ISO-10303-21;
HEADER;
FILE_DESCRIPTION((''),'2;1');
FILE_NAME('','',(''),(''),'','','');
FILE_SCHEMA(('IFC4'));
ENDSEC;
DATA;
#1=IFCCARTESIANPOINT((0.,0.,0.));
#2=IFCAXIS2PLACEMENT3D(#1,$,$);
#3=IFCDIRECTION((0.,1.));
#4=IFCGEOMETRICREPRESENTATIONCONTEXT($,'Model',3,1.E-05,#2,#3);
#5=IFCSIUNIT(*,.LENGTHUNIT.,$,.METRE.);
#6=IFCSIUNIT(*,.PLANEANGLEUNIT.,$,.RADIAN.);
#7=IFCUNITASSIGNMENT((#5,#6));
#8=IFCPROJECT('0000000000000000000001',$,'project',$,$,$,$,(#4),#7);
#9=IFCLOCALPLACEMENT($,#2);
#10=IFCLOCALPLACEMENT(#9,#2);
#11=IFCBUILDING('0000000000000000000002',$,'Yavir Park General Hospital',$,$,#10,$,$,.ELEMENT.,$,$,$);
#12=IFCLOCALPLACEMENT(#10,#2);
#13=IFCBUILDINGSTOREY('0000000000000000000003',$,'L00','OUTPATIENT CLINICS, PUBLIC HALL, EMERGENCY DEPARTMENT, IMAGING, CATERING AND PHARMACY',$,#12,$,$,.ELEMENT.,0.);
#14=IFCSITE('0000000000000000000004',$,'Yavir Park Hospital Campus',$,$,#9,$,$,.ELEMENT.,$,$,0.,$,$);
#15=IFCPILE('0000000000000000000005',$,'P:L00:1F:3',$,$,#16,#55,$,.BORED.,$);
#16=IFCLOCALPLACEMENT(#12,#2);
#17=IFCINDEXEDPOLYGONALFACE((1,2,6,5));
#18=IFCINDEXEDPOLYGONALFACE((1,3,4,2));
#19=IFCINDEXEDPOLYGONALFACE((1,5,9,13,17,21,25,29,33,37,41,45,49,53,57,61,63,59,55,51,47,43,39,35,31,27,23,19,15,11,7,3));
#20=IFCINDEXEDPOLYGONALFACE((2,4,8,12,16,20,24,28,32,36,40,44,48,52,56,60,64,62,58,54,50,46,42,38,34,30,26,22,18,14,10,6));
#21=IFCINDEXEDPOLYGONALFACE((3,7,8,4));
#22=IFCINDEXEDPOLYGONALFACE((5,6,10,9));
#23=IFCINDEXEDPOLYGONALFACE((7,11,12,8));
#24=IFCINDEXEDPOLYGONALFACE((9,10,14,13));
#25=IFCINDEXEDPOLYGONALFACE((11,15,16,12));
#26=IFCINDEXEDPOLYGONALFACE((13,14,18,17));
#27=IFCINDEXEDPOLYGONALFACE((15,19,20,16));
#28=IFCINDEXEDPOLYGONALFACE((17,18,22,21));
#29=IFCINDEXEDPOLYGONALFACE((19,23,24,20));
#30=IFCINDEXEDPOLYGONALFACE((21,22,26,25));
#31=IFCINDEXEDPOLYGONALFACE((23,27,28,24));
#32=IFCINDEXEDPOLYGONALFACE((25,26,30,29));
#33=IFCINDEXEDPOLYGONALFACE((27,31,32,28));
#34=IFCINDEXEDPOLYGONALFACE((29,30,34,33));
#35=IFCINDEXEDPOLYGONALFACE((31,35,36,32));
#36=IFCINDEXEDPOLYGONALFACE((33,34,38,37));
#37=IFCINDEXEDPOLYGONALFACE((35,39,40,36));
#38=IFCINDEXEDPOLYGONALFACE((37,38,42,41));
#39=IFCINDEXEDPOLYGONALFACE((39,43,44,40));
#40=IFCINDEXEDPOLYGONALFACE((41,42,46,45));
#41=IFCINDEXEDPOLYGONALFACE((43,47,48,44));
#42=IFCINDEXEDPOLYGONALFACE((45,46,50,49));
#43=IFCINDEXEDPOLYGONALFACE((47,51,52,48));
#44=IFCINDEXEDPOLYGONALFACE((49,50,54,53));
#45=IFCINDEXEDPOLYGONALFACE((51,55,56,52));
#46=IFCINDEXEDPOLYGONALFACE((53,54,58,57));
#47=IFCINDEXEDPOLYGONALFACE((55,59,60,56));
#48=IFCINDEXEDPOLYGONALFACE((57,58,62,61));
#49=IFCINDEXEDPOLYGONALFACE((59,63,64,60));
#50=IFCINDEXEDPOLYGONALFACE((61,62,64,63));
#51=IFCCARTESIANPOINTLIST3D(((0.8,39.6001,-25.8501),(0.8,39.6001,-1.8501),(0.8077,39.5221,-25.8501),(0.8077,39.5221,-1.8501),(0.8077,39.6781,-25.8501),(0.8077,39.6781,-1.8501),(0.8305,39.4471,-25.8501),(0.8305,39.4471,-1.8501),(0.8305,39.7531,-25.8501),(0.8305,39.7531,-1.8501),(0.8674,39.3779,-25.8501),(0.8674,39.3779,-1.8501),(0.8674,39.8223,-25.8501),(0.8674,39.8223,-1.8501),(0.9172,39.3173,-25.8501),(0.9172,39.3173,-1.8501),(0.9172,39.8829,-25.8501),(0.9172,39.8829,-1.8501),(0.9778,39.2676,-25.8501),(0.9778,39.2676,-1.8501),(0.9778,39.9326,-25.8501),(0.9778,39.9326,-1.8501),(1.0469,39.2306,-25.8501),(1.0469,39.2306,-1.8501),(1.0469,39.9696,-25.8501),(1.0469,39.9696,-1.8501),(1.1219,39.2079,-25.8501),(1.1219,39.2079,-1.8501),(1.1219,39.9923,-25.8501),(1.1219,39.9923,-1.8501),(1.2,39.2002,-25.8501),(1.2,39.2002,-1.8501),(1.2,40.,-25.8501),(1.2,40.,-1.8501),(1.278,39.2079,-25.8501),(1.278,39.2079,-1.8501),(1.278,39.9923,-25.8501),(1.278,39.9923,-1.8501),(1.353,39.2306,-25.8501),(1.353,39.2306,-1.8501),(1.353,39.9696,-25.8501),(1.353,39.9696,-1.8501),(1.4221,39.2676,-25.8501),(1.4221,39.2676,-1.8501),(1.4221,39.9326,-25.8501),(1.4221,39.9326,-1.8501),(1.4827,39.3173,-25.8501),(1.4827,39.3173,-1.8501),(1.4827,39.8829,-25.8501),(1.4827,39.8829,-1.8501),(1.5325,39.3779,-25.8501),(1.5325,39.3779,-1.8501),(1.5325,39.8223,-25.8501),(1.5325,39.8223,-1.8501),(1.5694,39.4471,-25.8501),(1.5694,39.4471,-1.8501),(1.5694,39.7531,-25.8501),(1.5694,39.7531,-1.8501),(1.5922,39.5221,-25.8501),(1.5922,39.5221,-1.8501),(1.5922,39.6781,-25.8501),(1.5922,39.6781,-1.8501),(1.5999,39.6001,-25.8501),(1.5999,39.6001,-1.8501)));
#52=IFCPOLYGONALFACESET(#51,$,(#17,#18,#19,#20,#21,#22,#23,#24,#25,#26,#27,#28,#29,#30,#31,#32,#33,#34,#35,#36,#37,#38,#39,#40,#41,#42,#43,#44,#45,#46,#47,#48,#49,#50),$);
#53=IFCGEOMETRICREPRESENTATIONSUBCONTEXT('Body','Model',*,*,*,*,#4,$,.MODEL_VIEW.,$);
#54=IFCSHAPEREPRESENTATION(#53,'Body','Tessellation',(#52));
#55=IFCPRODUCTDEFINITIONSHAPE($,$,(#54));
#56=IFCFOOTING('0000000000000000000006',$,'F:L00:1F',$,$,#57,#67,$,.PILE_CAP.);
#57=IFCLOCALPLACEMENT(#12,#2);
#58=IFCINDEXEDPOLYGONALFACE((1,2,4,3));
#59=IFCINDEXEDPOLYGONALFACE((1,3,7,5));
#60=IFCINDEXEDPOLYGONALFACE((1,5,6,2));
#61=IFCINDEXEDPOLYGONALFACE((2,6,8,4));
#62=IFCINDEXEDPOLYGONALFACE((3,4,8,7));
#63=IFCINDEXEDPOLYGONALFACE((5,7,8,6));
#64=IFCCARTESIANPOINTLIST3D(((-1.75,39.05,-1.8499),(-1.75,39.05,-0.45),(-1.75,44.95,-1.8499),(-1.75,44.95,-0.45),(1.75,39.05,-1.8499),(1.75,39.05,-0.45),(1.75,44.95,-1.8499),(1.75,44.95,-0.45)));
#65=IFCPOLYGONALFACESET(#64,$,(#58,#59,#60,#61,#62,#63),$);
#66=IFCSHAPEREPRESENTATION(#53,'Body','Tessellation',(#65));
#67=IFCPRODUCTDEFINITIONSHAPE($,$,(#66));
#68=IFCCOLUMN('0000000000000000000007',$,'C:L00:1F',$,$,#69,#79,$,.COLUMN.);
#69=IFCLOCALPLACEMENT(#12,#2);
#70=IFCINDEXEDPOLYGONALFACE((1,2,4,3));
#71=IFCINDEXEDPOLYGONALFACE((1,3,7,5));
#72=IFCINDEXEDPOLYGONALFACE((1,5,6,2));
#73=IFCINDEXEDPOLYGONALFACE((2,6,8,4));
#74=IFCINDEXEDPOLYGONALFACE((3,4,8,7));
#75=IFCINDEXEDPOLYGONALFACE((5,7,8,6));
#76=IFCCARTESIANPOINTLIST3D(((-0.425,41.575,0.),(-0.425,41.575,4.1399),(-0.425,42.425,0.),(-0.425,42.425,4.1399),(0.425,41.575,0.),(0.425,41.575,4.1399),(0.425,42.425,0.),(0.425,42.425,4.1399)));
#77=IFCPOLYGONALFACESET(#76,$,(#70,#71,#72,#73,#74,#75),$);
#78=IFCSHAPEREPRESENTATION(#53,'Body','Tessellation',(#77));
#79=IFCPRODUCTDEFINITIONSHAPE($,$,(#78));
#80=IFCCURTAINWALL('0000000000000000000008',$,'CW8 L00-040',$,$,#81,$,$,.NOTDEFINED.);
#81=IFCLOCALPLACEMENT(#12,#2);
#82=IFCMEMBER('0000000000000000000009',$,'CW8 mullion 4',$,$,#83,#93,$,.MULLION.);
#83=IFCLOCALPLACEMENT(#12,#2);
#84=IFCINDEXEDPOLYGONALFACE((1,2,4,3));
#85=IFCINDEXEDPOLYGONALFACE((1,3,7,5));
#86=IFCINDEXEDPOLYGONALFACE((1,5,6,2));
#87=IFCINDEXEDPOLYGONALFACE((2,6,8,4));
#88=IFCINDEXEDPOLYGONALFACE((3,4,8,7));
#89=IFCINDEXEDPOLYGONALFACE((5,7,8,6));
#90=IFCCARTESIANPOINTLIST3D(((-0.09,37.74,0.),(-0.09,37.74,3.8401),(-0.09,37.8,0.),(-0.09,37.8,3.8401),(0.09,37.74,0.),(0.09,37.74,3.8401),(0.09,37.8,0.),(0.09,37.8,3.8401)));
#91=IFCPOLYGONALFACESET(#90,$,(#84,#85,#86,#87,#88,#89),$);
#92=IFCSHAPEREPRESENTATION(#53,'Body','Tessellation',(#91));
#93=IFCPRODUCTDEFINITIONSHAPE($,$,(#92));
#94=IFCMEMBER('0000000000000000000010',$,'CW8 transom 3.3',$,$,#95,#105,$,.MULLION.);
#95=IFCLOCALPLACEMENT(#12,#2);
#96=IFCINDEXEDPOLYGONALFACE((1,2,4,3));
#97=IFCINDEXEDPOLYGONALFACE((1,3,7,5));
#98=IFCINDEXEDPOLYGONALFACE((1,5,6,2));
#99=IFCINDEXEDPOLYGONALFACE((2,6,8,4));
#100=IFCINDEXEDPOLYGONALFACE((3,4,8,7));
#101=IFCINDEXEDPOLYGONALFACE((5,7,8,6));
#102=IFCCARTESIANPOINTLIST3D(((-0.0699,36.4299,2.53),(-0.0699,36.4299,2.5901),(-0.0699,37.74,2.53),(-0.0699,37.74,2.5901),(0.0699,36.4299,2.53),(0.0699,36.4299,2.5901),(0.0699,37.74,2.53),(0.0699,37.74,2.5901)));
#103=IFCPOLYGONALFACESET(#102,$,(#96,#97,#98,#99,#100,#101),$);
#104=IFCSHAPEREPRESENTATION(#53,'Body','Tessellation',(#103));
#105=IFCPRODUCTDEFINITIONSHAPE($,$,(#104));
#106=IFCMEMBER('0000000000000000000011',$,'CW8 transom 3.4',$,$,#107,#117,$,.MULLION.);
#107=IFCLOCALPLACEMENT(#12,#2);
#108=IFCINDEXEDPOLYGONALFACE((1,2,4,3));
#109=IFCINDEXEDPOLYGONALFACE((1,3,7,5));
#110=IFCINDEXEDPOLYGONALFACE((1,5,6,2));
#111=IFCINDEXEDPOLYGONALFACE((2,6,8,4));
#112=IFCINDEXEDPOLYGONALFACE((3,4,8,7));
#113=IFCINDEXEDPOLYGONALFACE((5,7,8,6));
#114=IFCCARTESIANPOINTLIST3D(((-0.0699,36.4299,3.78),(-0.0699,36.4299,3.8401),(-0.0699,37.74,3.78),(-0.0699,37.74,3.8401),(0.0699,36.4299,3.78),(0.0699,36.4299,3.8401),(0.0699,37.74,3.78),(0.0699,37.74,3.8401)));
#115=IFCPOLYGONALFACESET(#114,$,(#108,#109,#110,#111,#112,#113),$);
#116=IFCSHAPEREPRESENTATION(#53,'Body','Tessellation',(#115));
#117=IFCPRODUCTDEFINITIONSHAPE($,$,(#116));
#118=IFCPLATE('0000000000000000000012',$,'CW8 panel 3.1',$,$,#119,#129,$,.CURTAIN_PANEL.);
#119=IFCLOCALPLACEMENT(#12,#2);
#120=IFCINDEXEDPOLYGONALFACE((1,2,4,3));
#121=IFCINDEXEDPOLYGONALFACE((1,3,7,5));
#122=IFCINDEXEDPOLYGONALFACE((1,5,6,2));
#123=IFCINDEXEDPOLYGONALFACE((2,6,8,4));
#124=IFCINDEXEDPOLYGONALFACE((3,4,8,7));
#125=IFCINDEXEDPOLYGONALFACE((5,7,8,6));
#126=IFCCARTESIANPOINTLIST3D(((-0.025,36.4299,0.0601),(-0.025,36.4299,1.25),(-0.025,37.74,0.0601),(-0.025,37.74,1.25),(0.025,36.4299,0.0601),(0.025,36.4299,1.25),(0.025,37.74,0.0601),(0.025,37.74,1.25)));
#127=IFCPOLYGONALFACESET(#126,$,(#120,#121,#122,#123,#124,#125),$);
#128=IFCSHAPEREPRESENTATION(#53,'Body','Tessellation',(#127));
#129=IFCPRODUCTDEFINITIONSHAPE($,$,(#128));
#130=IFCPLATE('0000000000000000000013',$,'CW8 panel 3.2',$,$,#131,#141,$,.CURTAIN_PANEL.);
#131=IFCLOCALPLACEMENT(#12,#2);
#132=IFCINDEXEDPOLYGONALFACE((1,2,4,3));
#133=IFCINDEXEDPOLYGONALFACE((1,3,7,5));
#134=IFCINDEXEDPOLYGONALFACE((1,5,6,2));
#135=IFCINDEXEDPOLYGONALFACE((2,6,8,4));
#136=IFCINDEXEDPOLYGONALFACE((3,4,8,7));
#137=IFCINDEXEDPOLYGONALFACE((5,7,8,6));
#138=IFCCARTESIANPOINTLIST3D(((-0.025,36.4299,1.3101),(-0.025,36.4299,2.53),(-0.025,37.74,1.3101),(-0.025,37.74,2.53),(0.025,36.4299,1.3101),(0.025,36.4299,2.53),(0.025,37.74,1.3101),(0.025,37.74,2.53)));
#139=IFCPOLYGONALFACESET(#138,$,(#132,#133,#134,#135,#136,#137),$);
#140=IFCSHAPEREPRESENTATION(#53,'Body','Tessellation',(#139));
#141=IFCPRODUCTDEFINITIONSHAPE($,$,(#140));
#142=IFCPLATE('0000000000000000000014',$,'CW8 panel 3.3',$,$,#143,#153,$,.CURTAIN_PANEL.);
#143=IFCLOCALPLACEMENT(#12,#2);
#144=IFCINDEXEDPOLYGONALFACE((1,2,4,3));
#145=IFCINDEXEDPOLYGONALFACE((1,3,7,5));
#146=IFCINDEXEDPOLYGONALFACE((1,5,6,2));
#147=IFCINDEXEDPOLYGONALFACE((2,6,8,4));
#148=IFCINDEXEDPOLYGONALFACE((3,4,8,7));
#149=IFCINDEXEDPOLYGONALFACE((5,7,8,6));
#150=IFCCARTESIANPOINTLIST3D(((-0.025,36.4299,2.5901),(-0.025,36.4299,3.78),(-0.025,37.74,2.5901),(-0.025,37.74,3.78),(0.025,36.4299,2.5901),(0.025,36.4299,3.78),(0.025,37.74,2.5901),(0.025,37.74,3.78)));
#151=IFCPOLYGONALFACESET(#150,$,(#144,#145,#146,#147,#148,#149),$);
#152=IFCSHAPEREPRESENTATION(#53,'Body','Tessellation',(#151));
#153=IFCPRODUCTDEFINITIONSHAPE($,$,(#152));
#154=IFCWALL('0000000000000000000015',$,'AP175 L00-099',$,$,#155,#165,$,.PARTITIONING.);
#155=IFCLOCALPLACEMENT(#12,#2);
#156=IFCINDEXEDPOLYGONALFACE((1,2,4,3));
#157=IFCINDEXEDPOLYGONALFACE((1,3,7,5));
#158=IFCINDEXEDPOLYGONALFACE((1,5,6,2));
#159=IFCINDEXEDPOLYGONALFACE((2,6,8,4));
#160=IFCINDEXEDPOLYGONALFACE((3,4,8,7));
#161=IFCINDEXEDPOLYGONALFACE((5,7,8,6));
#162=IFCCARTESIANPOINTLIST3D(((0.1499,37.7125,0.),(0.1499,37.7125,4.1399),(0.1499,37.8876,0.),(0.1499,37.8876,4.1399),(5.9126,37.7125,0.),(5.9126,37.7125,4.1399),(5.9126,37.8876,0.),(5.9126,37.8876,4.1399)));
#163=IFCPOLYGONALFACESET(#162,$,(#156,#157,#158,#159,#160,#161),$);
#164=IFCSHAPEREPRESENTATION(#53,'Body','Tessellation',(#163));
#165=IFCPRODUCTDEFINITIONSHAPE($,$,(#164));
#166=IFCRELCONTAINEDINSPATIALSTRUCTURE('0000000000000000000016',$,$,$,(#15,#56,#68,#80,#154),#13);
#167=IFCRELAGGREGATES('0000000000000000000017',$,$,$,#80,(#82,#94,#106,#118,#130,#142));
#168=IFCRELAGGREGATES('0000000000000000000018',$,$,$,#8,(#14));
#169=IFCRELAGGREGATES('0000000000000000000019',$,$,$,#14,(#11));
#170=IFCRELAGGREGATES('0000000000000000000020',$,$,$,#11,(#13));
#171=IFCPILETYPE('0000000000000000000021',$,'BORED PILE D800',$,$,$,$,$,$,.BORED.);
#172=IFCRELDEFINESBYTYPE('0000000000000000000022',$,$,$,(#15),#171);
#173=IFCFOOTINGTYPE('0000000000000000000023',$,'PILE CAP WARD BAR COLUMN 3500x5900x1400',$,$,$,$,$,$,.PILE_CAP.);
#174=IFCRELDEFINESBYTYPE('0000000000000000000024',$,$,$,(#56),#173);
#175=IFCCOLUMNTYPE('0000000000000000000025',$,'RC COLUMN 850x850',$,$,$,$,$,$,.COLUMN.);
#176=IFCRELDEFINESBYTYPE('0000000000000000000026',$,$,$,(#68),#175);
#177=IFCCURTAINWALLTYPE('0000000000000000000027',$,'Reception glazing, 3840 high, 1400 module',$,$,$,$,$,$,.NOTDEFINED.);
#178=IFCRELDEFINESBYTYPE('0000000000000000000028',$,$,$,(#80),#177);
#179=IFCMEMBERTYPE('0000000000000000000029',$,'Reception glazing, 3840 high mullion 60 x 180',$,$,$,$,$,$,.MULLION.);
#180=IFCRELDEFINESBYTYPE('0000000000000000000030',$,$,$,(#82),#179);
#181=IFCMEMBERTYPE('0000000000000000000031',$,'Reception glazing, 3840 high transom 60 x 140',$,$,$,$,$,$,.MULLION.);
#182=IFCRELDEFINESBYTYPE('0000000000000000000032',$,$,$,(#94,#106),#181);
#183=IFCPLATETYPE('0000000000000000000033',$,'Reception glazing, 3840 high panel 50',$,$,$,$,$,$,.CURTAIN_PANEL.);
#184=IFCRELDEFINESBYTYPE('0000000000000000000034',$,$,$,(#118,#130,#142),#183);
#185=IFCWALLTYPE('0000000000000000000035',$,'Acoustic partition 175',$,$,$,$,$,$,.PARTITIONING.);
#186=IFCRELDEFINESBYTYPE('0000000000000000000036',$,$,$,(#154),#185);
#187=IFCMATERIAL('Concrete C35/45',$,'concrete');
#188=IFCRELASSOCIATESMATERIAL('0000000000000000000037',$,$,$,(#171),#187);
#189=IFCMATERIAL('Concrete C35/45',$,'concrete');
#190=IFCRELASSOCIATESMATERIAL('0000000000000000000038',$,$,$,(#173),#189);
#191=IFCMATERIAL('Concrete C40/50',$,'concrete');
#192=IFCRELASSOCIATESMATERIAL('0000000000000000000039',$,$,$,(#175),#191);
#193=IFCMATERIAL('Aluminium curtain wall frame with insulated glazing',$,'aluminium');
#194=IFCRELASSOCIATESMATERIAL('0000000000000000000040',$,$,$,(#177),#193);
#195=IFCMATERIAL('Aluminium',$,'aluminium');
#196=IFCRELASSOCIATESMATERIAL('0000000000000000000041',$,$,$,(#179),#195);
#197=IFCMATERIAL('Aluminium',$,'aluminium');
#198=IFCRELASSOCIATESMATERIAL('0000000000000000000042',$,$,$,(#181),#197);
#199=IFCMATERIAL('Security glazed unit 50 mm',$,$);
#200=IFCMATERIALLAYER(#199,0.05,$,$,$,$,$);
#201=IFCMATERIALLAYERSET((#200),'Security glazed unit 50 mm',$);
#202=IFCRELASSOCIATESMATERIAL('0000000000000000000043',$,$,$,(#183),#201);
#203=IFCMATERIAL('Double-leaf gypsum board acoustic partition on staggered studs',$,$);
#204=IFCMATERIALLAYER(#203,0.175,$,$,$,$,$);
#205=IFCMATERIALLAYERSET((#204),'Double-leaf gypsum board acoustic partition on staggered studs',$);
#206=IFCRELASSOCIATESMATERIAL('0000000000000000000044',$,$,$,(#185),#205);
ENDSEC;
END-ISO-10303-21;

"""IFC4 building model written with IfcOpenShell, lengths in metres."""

from ifc_helpers import new_model, si_unit, direction, frame, frame_2d, origin, origin_2d, place, context, subcontext, project, spatial, rectangle, circle, extrude, material, layer, layer_set, material_profile, profile_set, type_object, element, aggregate, save


model = new_model("IFC4")

# Units and contexts
model_context = context("Model", 3, precision=1e-05, world=origin(), true_north=direction((0.0, 1.0)))
body_context = subcontext(model_context, "Body", "Model", "MODEL_VIEW")
ifc_project = project(units=[si_unit("LENGTHUNIT", "METRE"), si_unit("PLANEANGLEUNIT", "RADIAN")], contexts=[model_context])

# Site, building, storey
site_placement = place(None, origin())
site = spatial("IfcSite", under=ifc_project, at=site_placement, Name="Yavir Park Hospital Campus", CompositionType="ELEMENT", RefElevation=0.0)
building_placement = place(site_placement, origin())
building = spatial("IfcBuilding", under=site, at=building_placement, Name="Yavir Park General Hospital", CompositionType="ELEMENT")
storey_placement = place(building_placement, origin())
storey = spatial("IfcBuildingStorey", under=building, at=storey_placement, Name="L00", Description="OUTPATIENT CLINICS, PUBLIC HALL, EMERGENCY DEPARTMENT, IMAGING, CATERING AND PHARMACY", CompositionType="ELEMENT", Elevation=0.0)

# Pile
ifc_material_1 = material(Name="Concrete C35/45", Category="concrete")
ifc_material_profile_1 = material_profile(ifc_material_1, circle(Radius=0.3999, at=origin_2d()), Name="D800")
ifc_profile_set_1 = profile_set([ifc_material_profile_1], Name="Concrete C35/45")
pile_type = type_object("IfcPileType", Name="BORED PILE D800", PredefinedType="BORED", material=ifc_profile_set_1)
pile_placement = place(storey_placement, frame((1.2, 39.6001, -1.8501), z_axis=(0.0, 0.0, -1.0), x_axis=(1.0, 0.0, 0.0)))
element("IfcPile", 1, at=pile_placement, inside=storey, type_object=pile_type, Name="P:L00:1F:3", PredefinedType="BORED", context=body_context, shape_type="SweptSolid", body=[
    extrude(circle(Radius=0.3999, at=origin_2d()), origin(), (0.0, 0.0, 1.0), 24.0),
])

# Footing
ifc_material_2 = material(Name="Concrete C35/45", Category="concrete")
footing_type = type_object("IfcFootingType", Name="PILE CAP WARD BAR COLUMN 3500x5900x1400", PredefinedType="PILE_CAP", material=ifc_material_2)
footing_placement = place(storey_placement, frame((0.0, 42.0, -1.8499), z_axis=(0.0, 0.0, 1.0), x_axis=(1.0, 0.0, 0.0)))
element("IfcFooting", 2, at=footing_placement, inside=storey, type_object=footing_type, Name="F:L00:1F", PredefinedType="PILE_CAP", context=body_context, shape_type="SweptSolid", body=[
    extrude(rectangle(XDim=3.5, YDim=5.8999, at=origin_2d()), origin(), (0.0, 0.0, 1.0), 1.3999),
])

# Column
ifc_material_3 = material(Name="Concrete C40/50", Category="concrete")
ifc_material_profile_2 = material_profile(ifc_material_3, rectangle(XDim=0.8501, YDim=0.8501, at=origin_2d()), Name="RC850x850")
ifc_profile_set_2 = profile_set([ifc_material_profile_2], Name="Concrete C40/50")
column_type = type_object("IfcColumnType", Name="RC COLUMN 850x850", PredefinedType="COLUMN", material=ifc_profile_set_2)
column_placement = place(storey_placement, frame((0.0, 42.0, 0.0), z_axis=(0.0, 0.0, 1.0), x_axis=(1.0, 0.0, 0.0)))
element("IfcColumn", 3, at=column_placement, inside=storey, type_object=column_type, Name="C:L00:1F", PredefinedType="COLUMN", context=body_context, shape_type="SweptSolid", body=[
    extrude(rectangle(XDim=0.8501, YDim=0.8501, at=origin_2d()), origin(), (0.0, 0.0, 1.0), 4.1399),
])

# Curtain wall, members, plates
ifc_material_4 = material(Name="Aluminium curtain wall frame with insulated glazing", Category="aluminium")
curtain_wall_type = type_object("IfcCurtainWallType", Name="Reception glazing, 3840 high, 1400 module", PredefinedType="NOTDEFINED", material=ifc_material_4)
curtain_wall_placement = place(storey_placement, origin())
curtain_wall = element("IfcCurtainWall", 4, at=curtain_wall_placement, inside=storey, type_object=curtain_wall_type, Name="CW8 L00-040", PredefinedType="NOTDEFINED")
ifc_material_5 = material(Name="Aluminium", Category="aluminium")
ifc_material_profile_3 = material_profile(ifc_material_5, rectangle(XDim=0.1799, YDim=0.0601, at=origin_2d()), Name="AL 60x180")
ifc_profile_set_3 = profile_set([ifc_material_profile_3], Name="Aluminium")
member_type_1 = type_object("IfcMemberType", Name="Reception glazing, 3840 high mullion 60 x 180", PredefinedType="MULLION", material=ifc_profile_set_3)
member_1_placement = place(storey_placement, frame((0.0, 37.77, 0.0), z_axis=(0.0, 0.0, 1.0), x_axis=(-1.0, 0.0, 0.0)))
member_1 = element("IfcMember", 5, at=member_1_placement, type_object=member_type_1, Name="CW8 mullion 4", PredefinedType="MULLION", context=body_context, shape_type="SweptSolid", body=[
    extrude(rectangle(XDim=0.1799, YDim=0.0601, at=origin_2d()), origin(), (0.0, 0.0, 1.0), 3.8401),
])
ifc_material_6 = material(Name="Aluminium", Category="aluminium")
ifc_material_profile_4 = material_profile(ifc_material_6, rectangle(XDim=0.1399, YDim=0.0601, at=origin_2d()), Name="AL 140x60")
ifc_profile_set_4 = profile_set([ifc_material_profile_4], Name="Aluminium")
member_type_2 = type_object("IfcMemberType", Name="Reception glazing, 3840 high transom 60 x 140", PredefinedType="MULLION", material=ifc_profile_set_4)
member_2_placement = place(storey_placement, frame((0.0, 36.4299, 2.5601), z_axis=(0.0, 1.0, 0.0), x_axis=(-1.0, 0.0, 0.0)))
member_2 = element("IfcMember", 6, at=member_2_placement, type_object=member_type_2, Name="CW8 transom 3.3", PredefinedType="MULLION", context=body_context, shape_type="SweptSolid", body=[
    extrude(rectangle(XDim=0.1399, YDim=0.0601, at=origin_2d()), origin(), (0.0, 0.0, 1.0), 1.3101),
])
member_3_placement = place(storey_placement, frame((0.0, 36.4299, 3.8101), z_axis=(0.0, 1.0, 0.0), x_axis=(-1.0, 0.0, 0.0)))
member_3 = element("IfcMember", 7, at=member_3_placement, type_object=member_type_2, Name="CW8 transom 3.4", PredefinedType="MULLION", context=body_context, shape_type="SweptSolid", body=[
    extrude(rectangle(XDim=0.1399, YDim=0.0601, at=origin_2d()), origin(), (0.0, 0.0, 1.0), 1.3101),
])
ifc_material_7 = material(Name="Security glazed unit 50 mm")
ifc_layer_1 = layer(ifc_material_7, 0.05)
ifc_layer_set_1 = layer_set([ifc_layer_1], Name="Security glazed unit 50 mm")
plate_type = type_object("IfcPlateType", Name="Reception glazing, 3840 high panel 50", PredefinedType="CURTAIN_PANEL", material=ifc_layer_set_1)
plate_1_placement = place(storey_placement, frame((0.0, 37.085, 0.0601), z_axis=(0.0, 0.0, 1.0), x_axis=(0.0, 1.0, 0.0)))
plate_1 = element("IfcPlate", 8, at=plate_1_placement, type_object=plate_type, Name="CW8 panel 3.1", PredefinedType="CURTAIN_PANEL", context=body_context, shape_type="SweptSolid", body=[
    extrude(rectangle(XDim=1.3101, YDim=0.05, at=origin_2d()), origin(), (0.0, 0.0, 1.0), 1.1899),
])
plate_2_placement = place(storey_placement, frame((0.0, 37.085, 1.3101), z_axis=(0.0, 0.0, 1.0), x_axis=(0.0, 1.0, 0.0)))
plate_2 = element("IfcPlate", 9, at=plate_2_placement, type_object=plate_type, Name="CW8 panel 3.2", PredefinedType="CURTAIN_PANEL", context=body_context, shape_type="SweptSolid", body=[
    extrude(rectangle(XDim=1.3101, YDim=0.05, at=origin_2d()), origin(), (0.0, 0.0, 1.0), 1.22),
])
plate_3_placement = place(storey_placement, frame((0.0, 37.085, 2.5901), z_axis=(0.0, 0.0, 1.0), x_axis=(0.0, 1.0, 0.0)))
plate_3 = element("IfcPlate", 10, at=plate_3_placement, type_object=plate_type, Name="CW8 panel 3.3", PredefinedType="CURTAIN_PANEL", context=body_context, shape_type="SweptSolid", body=[
    extrude(rectangle(XDim=1.3101, YDim=0.05, at=origin_2d()), origin(), (0.0, 0.0, 1.0), 1.1899),
])
aggregate(curtain_wall, [member_1, member_2, member_3, plate_1, plate_2, plate_3])

# Wall
ifc_material_8 = material(Name="Double-leaf gypsum board acoustic partition on staggered studs")
ifc_layer_2 = layer(ifc_material_8, 0.175)
ifc_layer_set_2 = layer_set([ifc_layer_2], Name="Double-leaf gypsum board acoustic partition on staggered studs")
wall_type_1 = type_object("IfcWallType", Name="Acoustic partition 175", PredefinedType="PARTITIONING", material=ifc_layer_set_2)
wall_1_placement = place(storey_placement, frame((0.1499, 37.8, 0.0), z_axis=(0.0, 0.0, 1.0), x_axis=(1.0, 0.0, 0.0)))
element("IfcWall", 11, at=wall_1_placement, inside=storey, type_object=wall_type_1, Name="AP175 L00-099", PredefinedType="PARTITIONING", context=body_context, shape_type="SweptSolid", body=[
    extrude(rectangle(XDim=5.7627, YDim=0.175, at=frame_2d((2.8813, 0.0))), origin(), (0.0, 0.0, 1.0), 4.1399),
])

save(model, "model.ifc")
